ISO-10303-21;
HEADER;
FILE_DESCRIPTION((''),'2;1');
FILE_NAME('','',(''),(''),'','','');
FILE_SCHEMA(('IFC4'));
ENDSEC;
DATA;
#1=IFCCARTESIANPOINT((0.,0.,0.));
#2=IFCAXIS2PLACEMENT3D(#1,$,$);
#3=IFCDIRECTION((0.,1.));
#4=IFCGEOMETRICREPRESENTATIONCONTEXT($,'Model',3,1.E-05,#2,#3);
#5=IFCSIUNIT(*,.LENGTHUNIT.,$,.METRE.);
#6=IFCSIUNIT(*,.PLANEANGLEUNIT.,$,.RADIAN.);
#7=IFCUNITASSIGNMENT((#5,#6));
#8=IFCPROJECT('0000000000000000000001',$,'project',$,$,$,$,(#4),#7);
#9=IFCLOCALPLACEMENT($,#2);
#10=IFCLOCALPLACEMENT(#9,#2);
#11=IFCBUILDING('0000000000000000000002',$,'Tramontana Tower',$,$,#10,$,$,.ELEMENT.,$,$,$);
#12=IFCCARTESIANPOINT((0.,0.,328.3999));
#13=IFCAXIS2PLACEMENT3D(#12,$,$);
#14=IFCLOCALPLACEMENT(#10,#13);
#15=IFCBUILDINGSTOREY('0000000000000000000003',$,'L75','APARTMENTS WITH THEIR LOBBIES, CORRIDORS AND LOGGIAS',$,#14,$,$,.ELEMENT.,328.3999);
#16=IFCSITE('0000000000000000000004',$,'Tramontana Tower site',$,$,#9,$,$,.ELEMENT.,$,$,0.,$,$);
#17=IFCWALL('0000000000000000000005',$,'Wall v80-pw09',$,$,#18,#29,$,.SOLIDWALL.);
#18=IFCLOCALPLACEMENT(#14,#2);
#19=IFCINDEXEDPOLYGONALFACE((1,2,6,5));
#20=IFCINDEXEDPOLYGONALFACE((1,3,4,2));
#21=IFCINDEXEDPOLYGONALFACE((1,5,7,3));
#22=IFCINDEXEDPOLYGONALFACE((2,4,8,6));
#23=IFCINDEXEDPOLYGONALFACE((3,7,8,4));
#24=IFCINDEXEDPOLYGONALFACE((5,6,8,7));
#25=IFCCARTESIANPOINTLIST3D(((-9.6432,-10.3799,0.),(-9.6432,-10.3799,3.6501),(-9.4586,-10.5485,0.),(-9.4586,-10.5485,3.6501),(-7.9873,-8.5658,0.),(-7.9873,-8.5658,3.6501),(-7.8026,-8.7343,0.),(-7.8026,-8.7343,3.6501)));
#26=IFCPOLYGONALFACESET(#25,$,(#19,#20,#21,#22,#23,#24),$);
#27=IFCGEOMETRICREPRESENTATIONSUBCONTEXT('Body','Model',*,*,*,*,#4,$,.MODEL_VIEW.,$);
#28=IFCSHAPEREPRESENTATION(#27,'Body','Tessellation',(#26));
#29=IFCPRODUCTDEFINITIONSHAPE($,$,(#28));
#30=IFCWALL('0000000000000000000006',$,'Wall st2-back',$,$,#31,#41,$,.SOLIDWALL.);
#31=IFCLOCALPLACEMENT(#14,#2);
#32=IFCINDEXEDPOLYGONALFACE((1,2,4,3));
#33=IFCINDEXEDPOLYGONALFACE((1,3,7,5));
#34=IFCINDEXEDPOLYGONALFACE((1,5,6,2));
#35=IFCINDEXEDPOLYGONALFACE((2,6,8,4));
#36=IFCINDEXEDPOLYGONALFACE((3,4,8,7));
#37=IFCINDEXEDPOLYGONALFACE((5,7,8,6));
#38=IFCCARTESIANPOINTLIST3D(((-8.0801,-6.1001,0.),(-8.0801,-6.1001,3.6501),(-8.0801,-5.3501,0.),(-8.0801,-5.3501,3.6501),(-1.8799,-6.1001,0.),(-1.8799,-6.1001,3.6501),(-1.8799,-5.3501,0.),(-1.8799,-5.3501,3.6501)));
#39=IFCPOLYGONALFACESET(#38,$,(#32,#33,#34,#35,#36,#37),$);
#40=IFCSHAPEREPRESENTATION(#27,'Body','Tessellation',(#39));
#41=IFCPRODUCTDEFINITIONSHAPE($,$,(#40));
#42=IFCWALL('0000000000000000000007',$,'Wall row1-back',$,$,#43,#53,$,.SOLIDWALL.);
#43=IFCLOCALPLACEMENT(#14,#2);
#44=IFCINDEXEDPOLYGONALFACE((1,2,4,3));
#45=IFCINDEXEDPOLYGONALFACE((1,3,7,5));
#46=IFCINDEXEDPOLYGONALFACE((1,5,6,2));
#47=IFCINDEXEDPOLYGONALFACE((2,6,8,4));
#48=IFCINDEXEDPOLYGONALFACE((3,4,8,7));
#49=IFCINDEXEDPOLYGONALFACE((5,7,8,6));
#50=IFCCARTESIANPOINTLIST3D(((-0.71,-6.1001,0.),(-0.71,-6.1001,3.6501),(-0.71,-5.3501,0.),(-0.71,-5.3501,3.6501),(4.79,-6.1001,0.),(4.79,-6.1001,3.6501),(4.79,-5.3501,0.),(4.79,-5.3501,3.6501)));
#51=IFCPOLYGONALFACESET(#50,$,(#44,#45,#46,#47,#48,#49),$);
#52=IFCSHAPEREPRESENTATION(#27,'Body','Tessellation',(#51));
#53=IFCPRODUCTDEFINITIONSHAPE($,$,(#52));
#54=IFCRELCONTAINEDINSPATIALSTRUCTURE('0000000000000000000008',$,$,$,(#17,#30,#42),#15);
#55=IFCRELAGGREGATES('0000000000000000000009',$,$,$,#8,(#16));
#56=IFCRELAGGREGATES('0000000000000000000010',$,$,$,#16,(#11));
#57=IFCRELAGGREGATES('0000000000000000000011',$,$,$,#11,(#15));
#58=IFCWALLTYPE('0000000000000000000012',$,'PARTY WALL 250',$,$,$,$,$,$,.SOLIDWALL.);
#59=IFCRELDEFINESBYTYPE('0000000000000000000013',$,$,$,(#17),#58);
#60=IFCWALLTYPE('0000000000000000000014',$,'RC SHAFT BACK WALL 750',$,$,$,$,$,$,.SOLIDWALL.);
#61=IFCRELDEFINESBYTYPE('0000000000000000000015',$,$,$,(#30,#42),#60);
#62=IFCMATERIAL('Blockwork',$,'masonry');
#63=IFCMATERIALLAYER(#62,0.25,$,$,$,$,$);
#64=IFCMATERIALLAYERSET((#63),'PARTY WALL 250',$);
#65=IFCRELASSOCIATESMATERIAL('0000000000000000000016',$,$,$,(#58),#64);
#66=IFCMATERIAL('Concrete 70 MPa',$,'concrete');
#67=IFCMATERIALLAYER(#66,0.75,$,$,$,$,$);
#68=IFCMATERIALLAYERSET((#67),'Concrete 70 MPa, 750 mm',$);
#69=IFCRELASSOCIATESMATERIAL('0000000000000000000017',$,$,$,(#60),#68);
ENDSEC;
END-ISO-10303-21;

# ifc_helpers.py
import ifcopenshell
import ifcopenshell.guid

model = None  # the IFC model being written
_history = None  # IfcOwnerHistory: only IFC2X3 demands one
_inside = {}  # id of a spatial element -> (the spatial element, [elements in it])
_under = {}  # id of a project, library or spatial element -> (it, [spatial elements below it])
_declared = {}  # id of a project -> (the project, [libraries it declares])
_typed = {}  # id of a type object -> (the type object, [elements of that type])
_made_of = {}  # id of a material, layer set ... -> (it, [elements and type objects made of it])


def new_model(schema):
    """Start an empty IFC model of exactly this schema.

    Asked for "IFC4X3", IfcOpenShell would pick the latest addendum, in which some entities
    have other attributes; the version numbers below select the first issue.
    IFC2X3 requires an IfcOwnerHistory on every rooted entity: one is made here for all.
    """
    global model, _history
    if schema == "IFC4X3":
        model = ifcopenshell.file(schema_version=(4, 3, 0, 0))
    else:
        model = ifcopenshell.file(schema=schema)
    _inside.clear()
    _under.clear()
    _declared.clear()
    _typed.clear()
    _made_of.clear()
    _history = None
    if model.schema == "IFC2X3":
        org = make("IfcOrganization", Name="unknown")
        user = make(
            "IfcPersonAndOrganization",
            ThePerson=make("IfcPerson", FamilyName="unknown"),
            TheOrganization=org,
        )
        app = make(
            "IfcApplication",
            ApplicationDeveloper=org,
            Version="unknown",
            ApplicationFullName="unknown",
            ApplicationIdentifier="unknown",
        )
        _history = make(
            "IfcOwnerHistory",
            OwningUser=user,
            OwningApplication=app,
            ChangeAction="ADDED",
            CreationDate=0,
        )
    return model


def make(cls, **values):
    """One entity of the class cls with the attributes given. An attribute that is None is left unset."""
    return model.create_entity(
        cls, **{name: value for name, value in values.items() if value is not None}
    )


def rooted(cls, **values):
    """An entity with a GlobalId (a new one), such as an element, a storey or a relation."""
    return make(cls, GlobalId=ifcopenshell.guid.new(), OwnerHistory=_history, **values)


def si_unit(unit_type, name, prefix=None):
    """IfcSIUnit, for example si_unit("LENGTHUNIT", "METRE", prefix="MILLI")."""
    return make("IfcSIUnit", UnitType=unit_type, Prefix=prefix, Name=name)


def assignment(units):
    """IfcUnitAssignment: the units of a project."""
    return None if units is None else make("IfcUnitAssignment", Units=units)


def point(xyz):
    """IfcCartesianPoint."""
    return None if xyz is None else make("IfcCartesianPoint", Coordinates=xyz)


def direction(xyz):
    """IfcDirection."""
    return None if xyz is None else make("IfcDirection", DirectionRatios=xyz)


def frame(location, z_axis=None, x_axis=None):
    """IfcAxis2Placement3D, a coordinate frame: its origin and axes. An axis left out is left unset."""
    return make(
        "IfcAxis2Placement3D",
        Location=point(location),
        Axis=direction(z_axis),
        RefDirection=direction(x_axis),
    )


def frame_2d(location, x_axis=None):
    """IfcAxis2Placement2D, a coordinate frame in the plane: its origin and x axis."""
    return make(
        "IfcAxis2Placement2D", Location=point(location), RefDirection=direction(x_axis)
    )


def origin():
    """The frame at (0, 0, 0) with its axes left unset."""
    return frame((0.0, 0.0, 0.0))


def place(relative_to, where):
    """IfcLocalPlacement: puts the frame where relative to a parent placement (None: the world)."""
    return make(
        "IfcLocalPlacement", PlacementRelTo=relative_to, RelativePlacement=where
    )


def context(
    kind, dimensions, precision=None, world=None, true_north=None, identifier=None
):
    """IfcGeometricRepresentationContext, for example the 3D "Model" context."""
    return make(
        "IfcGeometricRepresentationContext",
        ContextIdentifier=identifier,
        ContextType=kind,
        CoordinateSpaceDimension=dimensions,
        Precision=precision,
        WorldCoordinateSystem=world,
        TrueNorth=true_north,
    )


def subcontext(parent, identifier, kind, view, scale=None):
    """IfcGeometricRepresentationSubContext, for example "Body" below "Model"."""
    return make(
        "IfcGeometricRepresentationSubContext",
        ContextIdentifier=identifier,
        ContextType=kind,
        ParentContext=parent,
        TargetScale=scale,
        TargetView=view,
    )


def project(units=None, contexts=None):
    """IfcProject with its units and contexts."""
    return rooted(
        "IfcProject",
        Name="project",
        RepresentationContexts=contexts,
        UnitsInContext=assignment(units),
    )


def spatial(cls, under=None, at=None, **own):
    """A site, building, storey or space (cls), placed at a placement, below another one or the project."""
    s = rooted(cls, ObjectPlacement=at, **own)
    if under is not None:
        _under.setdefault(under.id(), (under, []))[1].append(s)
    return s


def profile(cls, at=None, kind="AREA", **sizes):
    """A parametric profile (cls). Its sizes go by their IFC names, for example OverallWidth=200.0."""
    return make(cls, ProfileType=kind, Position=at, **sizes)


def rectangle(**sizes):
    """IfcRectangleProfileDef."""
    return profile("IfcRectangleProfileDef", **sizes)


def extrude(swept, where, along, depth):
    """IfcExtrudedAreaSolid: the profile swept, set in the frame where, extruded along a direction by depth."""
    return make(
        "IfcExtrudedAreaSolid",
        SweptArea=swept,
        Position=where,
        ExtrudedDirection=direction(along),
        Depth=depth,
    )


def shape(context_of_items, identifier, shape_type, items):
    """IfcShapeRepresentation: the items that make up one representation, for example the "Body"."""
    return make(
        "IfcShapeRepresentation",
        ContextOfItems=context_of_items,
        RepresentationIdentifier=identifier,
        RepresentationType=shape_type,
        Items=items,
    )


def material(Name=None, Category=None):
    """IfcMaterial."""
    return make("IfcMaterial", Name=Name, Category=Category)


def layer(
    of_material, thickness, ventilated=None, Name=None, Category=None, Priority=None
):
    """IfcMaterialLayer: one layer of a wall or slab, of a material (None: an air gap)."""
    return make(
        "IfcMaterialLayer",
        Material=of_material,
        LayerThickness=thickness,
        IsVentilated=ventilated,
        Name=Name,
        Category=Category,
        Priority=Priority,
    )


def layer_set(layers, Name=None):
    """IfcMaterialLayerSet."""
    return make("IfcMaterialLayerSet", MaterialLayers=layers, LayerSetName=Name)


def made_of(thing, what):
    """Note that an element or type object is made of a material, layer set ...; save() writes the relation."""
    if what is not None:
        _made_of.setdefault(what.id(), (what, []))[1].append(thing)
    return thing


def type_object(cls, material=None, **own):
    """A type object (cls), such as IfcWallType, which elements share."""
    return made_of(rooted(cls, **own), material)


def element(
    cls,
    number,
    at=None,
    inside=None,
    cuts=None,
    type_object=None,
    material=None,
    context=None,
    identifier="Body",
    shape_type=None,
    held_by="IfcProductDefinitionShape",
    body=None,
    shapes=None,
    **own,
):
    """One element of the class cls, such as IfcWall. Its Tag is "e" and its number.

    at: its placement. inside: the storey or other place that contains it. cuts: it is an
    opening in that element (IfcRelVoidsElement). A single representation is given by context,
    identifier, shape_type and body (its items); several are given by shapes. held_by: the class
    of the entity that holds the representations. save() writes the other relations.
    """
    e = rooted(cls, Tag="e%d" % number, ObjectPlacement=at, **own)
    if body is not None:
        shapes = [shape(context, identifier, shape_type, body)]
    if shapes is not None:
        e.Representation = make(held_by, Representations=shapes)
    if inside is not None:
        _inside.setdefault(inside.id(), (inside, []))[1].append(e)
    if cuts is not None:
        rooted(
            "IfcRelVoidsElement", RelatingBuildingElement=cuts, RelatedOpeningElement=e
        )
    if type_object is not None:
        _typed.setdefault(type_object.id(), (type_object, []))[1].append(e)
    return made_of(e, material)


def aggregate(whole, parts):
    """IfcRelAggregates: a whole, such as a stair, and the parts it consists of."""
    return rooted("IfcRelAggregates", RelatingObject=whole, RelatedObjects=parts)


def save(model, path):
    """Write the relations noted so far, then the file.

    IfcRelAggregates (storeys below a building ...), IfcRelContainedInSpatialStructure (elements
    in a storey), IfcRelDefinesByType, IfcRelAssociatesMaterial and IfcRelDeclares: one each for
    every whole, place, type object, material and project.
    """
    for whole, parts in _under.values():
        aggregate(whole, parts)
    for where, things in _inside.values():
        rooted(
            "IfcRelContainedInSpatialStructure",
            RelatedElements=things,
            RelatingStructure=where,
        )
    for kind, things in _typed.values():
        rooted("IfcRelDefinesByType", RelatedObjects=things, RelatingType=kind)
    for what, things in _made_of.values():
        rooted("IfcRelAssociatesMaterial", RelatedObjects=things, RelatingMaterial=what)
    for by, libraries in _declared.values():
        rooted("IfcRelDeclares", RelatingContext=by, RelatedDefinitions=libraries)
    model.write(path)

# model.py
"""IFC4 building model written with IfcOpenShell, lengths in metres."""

from ifc_helpers import new_model, si_unit, direction, frame, frame_2d, origin, place, context, subcontext, project, spatial, rectangle, extrude, material, layer, layer_set, type_object, element, save


model = new_model("IFC4")

# Units and contexts
model_context = context("Model", 3, precision=1e-05, world=origin(), true_north=direction((0.0, 1.0)))
body_context = subcontext(model_context, "Body", "Model", "MODEL_VIEW")
ifc_project = project(units=[si_unit("LENGTHUNIT", "METRE"), si_unit("PLANEANGLEUNIT", "RADIAN")], contexts=[model_context])

# Site, building, storey
site_placement = place(None, origin())
site = spatial("IfcSite", under=ifc_project, at=site_placement, Name="Tramontana Tower site", CompositionType="ELEMENT", RefElevation=0.0)
building_placement = place(site_placement, origin())
building = spatial("IfcBuilding", under=site, at=building_placement, Name="Tramontana Tower", CompositionType="ELEMENT")
storey_placement = place(building_placement, frame((0.0, 0.0, 328.3999)))
storey = spatial("IfcBuildingStorey", under=building, at=storey_placement, Name="L75", Description="APARTMENTS WITH THEIR LOBBIES, CORRIDORS AND LOGGIAS", CompositionType="ELEMENT", Elevation=328.3999)

# Walls
ifc_material_1 = material(Name="Blockwork", Category="masonry")
ifc_layer_1 = layer(ifc_material_1, 0.25)
ifc_layer_set_1 = layer_set([ifc_layer_1], Name="PARTY WALL 250")
wall_type_1 = type_object("IfcWallType", Name="PARTY WALL 250", PredefinedType="SOLIDWALL", material=ifc_layer_set_1)
wall_1_placement = place(storey_placement, frame((-7.895, -8.6501, 0.0), z_axis=(0.0, 0.0, 1.0), x_axis=(-0.67417, -0.738576, 0.0)))
element("IfcWall", 1, at=wall_1_placement, inside=storey, type_object=wall_type_1, Name="Wall v80-pw09", PredefinedType="SOLIDWALL", context=body_context, shape_type="SweptSolid", body=[
    extrude(rectangle(XDim=2.4563, YDim=0.25, at=frame_2d((1.228, 0.0))), origin(), (0.0, 0.0, 1.0), 3.6501),
])
ifc_material_2 = material(Name="Concrete 70 MPa", Category="concrete")
ifc_layer_2 = layer(ifc_material_2, 0.75)
ifc_layer_set_2 = layer_set([ifc_layer_2], Name="Concrete 70 MPa, 750 mm")
wall_type_2 = type_object("IfcWallType", Name="RC SHAFT BACK WALL 750", PredefinedType="SOLIDWALL", material=ifc_layer_set_2)
wall_2_placement = place(storey_placement, frame((-8.0801, -5.7251, 0.0), z_axis=(0.0, 0.0, 1.0), x_axis=(1.0, 0.0, 0.0)))
element("IfcWall", 2, at=wall_2_placement, inside=storey, type_object=wall_type_2, Name="Wall st2-back", PredefinedType="SOLIDWALL", context=body_context, shape_type="SweptSolid", body=[
    extrude(rectangle(XDim=6.2002, YDim=0.75, at=frame_2d((3.1001, 0.0))), origin(), (0.0, 0.0, 1.0), 3.6501),
])
wall_3_placement = place(storey_placement, frame((-0.71, -5.7251, 0.0), z_axis=(0.0, 0.0, 1.0), x_axis=(1.0, 0.0, 0.0)))
element("IfcWall", 3, at=wall_3_placement, inside=storey, type_object=wall_type_2, Name="Wall row1-back", PredefinedType="SOLIDWALL", context=body_context, shape_type="SweptSolid", body=[
    extrude(rectangle(XDim=5.5, YDim=0.75, at=frame_2d((2.75, 0.0))), origin(), (0.0, 0.0, 1.0), 3.6501),
])

save(model, "model.ifc")
